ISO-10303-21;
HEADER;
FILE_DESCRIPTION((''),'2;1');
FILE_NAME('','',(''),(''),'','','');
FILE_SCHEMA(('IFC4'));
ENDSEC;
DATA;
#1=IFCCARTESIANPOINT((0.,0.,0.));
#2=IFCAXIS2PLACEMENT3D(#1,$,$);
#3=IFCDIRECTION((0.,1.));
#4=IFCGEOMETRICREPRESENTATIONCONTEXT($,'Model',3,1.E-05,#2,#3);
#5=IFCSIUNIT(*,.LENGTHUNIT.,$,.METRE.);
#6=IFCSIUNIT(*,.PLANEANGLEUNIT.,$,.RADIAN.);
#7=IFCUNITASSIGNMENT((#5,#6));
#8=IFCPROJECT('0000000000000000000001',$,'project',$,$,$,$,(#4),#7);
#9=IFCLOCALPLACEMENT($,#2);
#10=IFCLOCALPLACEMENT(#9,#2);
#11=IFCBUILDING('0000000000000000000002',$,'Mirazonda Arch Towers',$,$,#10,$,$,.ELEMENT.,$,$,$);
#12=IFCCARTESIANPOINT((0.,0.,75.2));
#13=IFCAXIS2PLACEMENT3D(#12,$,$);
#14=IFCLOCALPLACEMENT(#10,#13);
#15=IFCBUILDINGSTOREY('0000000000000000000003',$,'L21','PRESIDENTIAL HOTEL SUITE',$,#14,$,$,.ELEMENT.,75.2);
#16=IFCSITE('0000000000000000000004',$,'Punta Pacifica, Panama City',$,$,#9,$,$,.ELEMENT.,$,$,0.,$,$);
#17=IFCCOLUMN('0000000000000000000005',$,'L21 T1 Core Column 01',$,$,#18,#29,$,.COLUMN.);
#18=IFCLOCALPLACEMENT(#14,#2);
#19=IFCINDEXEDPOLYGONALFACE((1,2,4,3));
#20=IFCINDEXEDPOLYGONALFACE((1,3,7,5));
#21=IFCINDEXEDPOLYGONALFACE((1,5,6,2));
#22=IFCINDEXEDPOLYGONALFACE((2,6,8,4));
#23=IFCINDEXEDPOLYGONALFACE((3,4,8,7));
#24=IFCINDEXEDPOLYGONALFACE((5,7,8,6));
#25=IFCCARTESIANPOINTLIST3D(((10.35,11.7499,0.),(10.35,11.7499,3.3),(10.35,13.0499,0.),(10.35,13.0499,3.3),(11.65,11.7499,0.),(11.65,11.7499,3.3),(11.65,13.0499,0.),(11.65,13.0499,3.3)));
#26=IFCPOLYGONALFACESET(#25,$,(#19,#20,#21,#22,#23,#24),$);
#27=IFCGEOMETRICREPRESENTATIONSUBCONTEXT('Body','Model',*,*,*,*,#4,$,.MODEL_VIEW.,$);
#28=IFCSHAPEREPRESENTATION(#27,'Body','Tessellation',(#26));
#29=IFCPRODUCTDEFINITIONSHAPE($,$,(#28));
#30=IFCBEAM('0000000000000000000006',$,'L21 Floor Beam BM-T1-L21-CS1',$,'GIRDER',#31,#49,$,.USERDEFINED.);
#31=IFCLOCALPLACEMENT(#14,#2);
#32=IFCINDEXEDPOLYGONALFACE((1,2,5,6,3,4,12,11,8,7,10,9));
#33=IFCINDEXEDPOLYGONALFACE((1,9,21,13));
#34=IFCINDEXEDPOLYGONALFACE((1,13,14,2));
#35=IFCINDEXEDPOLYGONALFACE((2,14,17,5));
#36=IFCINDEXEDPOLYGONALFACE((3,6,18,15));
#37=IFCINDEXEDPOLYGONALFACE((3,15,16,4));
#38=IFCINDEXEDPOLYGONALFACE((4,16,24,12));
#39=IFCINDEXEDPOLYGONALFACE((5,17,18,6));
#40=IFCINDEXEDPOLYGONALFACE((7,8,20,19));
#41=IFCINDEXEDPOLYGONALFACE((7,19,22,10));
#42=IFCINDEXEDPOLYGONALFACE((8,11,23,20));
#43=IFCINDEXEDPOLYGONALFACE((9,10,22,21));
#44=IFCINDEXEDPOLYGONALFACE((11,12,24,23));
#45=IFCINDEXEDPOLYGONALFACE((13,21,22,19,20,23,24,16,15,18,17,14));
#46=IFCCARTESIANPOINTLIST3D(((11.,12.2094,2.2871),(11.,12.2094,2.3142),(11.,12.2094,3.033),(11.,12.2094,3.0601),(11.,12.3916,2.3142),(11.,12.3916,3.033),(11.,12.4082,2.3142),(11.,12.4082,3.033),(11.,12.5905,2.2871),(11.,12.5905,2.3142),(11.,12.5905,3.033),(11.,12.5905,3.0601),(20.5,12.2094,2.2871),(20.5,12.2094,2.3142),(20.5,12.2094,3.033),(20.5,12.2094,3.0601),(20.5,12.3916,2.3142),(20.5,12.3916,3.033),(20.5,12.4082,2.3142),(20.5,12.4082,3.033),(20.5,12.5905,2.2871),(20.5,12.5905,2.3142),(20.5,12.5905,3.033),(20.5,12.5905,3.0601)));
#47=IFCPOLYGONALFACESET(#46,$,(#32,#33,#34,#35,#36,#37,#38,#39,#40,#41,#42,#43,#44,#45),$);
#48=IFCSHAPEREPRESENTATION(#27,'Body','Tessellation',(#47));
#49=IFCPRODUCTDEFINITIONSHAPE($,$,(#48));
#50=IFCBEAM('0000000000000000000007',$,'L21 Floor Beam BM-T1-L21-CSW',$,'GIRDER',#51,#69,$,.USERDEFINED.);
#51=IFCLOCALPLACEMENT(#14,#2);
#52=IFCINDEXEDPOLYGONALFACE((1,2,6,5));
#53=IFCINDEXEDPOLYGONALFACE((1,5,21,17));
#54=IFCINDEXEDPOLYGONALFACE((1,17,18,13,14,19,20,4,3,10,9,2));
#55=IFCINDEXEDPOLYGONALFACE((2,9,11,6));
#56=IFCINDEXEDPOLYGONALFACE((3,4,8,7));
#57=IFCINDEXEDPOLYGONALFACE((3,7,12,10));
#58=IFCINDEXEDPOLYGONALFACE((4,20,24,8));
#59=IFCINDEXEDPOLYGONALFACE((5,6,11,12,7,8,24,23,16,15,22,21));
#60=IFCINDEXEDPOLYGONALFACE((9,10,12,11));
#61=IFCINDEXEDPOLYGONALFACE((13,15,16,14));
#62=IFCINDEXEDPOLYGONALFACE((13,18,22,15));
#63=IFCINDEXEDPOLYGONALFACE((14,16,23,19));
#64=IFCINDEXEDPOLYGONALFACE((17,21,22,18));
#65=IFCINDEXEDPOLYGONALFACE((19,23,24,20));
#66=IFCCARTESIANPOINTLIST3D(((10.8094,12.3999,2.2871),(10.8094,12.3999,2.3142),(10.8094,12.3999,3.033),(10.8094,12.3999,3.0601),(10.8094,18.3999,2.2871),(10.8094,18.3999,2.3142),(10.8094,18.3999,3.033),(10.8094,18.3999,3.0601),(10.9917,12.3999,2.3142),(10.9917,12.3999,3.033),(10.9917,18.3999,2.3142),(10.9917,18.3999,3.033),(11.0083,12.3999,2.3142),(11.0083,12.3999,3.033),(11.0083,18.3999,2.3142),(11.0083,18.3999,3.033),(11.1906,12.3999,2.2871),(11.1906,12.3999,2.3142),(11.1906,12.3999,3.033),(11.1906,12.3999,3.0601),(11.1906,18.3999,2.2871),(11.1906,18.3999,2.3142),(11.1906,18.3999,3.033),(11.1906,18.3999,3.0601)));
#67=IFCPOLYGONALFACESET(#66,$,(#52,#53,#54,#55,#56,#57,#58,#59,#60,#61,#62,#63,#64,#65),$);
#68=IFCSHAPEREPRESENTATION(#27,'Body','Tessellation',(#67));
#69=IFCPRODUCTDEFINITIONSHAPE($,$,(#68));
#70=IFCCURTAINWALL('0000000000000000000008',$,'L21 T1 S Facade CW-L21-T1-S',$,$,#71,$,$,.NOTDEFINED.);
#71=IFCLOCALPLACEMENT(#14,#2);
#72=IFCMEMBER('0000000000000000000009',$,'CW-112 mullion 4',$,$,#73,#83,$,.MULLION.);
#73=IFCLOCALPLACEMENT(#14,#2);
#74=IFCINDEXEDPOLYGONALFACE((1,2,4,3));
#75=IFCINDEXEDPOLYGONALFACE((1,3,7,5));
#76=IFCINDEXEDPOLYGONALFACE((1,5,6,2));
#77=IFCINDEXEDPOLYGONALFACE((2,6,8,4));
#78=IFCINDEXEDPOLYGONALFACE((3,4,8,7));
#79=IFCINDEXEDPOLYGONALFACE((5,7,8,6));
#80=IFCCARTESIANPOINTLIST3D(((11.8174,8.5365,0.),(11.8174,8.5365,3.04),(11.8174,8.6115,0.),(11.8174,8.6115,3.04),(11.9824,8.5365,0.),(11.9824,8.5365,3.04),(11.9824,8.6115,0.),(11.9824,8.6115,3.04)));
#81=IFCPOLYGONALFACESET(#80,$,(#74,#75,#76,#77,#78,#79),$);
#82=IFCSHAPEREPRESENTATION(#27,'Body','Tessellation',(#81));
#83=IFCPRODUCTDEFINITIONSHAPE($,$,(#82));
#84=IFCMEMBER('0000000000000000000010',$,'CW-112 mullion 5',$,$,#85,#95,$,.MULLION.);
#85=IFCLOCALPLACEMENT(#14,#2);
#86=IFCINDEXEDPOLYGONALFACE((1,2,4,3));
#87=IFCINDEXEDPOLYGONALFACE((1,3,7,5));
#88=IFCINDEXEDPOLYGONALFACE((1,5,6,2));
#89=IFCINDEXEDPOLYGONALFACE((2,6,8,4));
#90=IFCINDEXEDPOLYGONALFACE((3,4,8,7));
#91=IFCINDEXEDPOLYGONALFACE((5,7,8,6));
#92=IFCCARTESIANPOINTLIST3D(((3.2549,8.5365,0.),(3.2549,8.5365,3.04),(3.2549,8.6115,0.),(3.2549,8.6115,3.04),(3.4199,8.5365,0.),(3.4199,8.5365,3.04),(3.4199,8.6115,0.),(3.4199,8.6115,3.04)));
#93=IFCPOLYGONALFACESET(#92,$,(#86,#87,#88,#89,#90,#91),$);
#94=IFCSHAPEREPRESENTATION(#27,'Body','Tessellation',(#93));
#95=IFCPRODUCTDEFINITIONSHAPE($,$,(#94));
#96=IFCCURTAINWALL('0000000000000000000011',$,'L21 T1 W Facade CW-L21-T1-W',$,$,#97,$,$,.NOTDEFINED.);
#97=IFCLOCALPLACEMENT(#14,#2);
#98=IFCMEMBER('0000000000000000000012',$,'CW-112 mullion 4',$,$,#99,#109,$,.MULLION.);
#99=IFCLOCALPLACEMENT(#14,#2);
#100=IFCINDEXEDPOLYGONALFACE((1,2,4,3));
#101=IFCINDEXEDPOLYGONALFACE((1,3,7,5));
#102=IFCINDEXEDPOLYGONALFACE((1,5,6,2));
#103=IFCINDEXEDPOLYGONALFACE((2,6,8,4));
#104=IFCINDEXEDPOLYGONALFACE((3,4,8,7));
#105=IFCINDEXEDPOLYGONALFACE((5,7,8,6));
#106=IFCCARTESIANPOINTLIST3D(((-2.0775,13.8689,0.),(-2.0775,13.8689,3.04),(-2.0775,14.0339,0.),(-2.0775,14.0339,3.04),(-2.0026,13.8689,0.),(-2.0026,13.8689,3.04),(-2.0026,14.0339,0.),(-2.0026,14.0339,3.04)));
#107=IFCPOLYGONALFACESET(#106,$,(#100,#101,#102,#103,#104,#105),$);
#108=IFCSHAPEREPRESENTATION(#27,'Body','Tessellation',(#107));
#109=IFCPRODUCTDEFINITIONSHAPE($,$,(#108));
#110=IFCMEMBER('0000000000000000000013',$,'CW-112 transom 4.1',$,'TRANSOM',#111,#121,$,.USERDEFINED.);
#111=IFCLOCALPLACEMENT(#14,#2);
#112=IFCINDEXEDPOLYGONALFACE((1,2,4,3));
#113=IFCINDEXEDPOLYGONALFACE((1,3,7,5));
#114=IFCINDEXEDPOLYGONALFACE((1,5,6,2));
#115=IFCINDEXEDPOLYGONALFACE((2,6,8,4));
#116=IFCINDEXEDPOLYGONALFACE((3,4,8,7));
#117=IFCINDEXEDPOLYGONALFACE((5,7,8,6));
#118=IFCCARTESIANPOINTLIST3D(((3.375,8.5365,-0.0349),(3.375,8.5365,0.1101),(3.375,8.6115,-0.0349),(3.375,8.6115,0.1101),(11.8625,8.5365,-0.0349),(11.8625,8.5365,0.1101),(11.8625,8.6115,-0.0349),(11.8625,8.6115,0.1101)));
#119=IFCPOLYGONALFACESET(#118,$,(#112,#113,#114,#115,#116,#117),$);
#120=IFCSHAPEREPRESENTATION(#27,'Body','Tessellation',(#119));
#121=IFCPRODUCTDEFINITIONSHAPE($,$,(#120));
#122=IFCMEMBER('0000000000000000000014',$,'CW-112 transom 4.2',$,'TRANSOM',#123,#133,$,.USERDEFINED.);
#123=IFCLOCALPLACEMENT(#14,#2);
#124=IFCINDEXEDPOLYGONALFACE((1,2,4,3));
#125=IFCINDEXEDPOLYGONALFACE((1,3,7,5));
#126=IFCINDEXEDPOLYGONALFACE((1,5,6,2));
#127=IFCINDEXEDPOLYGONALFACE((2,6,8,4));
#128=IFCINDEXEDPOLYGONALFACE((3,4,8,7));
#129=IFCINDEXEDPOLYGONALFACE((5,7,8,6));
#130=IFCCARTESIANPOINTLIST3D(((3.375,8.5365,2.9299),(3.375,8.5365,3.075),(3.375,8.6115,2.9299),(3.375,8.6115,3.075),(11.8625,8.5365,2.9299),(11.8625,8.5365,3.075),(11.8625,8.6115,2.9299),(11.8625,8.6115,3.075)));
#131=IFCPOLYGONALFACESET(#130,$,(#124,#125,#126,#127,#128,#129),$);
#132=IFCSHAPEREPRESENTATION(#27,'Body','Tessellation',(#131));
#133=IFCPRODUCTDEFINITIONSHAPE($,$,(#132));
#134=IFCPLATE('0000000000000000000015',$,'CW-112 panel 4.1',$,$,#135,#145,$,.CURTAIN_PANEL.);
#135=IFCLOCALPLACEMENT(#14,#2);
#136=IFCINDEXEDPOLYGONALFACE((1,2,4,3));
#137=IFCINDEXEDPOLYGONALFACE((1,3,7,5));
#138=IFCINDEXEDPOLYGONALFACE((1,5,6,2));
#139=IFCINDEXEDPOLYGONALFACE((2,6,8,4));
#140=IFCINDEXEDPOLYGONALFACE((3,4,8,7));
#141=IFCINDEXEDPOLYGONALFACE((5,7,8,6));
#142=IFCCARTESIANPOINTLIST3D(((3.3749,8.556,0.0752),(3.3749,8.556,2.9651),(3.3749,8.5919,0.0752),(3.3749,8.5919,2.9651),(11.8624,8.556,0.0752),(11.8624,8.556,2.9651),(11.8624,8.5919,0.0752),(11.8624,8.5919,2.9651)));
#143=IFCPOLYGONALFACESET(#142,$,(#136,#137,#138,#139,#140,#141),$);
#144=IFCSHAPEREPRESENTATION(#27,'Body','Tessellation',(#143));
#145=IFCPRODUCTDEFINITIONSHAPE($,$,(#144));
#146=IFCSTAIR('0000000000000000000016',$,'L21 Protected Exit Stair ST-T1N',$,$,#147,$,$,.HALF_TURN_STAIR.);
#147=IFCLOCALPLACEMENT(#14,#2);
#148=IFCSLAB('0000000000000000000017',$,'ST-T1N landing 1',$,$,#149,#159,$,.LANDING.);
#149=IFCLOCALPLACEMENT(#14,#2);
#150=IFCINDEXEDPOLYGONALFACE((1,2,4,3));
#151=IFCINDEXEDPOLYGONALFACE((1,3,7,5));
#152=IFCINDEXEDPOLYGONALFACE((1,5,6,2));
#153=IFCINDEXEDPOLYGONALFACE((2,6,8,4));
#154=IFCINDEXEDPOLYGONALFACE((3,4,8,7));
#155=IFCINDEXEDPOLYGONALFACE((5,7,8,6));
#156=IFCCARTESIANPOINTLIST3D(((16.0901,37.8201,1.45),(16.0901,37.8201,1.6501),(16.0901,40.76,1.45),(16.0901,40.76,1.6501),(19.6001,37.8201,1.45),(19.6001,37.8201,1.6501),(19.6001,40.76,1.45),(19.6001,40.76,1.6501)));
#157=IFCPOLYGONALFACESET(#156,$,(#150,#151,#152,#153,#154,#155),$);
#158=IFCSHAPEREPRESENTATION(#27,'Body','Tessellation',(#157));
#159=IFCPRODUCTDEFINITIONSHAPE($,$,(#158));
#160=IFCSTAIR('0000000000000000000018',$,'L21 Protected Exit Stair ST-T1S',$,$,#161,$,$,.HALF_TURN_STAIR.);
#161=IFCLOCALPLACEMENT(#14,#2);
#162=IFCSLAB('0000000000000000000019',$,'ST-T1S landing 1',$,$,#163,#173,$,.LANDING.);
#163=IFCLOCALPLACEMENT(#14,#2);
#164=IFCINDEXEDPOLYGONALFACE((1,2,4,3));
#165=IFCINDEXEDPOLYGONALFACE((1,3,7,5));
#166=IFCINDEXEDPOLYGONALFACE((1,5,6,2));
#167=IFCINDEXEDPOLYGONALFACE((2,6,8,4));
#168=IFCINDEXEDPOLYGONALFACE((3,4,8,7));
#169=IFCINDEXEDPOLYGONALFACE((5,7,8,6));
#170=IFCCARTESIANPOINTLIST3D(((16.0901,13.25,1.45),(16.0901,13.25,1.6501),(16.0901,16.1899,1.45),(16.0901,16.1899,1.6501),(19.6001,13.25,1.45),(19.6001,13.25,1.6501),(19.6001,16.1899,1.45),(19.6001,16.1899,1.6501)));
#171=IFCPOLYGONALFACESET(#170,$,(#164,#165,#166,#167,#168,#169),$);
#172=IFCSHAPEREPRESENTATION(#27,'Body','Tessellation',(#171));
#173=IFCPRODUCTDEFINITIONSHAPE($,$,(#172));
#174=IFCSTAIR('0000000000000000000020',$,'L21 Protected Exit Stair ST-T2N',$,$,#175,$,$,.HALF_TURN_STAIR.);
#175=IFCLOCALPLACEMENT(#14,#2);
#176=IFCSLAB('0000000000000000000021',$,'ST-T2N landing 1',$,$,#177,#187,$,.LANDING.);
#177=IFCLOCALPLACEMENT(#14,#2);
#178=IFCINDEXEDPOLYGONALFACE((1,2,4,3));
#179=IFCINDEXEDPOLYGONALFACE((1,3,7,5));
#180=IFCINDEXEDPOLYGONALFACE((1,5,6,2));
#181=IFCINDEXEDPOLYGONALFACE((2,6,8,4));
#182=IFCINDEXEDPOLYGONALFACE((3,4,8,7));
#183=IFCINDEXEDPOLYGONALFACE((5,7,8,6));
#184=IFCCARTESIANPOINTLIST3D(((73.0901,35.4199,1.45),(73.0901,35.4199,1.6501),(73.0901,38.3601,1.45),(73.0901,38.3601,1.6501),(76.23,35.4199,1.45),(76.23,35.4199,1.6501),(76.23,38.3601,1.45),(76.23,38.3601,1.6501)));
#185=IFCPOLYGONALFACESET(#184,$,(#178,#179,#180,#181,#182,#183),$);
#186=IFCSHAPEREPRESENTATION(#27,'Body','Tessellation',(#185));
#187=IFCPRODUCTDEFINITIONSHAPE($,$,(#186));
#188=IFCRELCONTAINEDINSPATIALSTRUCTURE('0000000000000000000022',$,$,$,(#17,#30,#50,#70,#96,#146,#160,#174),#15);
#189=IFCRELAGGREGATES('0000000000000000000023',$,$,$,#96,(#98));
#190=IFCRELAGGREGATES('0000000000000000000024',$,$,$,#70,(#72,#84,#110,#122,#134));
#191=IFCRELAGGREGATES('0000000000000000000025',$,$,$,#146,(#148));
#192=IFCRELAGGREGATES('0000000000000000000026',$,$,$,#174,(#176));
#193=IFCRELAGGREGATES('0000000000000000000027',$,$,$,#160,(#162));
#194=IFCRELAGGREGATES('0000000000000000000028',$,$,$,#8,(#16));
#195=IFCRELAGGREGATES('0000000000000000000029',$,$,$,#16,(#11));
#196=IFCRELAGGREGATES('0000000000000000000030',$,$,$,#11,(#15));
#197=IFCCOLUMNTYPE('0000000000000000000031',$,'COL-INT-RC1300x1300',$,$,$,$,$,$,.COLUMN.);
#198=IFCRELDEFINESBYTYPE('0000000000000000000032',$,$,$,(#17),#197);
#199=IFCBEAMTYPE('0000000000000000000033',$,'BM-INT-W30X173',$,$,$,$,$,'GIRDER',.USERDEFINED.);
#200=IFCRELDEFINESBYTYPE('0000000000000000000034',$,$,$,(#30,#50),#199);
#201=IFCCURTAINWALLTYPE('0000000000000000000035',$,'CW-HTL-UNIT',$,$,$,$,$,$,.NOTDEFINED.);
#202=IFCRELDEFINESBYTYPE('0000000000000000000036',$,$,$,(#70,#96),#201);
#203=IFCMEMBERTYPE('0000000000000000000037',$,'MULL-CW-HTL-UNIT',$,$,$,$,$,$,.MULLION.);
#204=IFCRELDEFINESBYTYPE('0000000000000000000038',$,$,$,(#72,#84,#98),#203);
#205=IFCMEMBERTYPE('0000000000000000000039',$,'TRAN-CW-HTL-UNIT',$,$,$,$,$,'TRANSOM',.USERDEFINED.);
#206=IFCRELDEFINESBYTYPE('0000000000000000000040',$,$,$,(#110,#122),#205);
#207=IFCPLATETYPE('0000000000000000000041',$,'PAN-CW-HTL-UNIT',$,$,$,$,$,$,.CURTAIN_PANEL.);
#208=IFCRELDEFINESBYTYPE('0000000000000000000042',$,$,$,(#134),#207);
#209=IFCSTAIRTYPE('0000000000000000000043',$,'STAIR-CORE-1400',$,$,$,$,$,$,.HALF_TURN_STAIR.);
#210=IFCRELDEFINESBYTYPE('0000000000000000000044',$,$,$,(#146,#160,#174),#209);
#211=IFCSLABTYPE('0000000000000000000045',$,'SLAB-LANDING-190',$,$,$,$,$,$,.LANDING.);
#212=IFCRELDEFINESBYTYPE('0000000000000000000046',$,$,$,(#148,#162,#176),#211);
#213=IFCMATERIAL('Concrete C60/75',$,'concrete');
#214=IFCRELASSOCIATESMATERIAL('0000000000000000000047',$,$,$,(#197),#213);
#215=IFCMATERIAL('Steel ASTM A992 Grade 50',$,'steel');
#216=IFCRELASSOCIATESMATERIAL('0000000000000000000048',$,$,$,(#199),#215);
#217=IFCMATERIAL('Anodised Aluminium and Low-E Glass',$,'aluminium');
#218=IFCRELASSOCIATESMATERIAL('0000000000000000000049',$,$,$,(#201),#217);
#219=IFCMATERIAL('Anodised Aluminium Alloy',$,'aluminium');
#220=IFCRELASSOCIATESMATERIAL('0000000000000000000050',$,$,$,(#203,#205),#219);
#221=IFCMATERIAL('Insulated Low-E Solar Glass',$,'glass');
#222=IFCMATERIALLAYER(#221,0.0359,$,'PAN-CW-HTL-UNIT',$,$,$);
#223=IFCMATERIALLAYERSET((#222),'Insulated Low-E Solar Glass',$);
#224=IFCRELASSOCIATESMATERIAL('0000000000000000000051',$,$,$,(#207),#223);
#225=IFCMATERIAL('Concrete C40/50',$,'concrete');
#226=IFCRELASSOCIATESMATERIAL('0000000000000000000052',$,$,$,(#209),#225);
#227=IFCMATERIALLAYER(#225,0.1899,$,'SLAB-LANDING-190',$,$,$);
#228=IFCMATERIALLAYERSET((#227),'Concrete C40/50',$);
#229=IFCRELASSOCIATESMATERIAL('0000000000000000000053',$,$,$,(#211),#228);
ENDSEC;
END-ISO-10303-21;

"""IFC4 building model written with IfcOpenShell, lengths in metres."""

from ifc_helpers import new_model, si_unit, direction, frame, origin, origin_2d, place, context, subcontext, project, spatial, polyline, rectangle, i_section, outline, extrude, material, layer, layer_set, material_profile, profile_set, type_object, element, aggregate, save


model = new_model("IFC4")

# Units and contexts
model_context = context("Model", 3, precision=1e-05, world=origin(), true_north=direction((0.0, 1.0)))
body_context = subcontext(model_context, "Body", "Model", "MODEL_VIEW")
ifc_project = project(units=[si_unit("LENGTHUNIT", "METRE"), si_unit("PLANEANGLEUNIT", "RADIAN")], contexts=[model_context])

# Site, building, storey
site_placement = place(None, origin())
site = spatial("IfcSite", under=ifc_project, at=site_placement, Name="Punta Pacifica, Panama City", CompositionType="ELEMENT", RefElevation=0.0)
building_placement = place(site_placement, origin())
building = spatial("IfcBuilding", under=site, at=building_placement, Name="Mirazonda Arch Towers", CompositionType="ELEMENT")
storey_placement = place(building_placement, frame((0.0, 0.0, 75.2)))
storey = spatial("IfcBuildingStorey", under=building, at=storey_placement, Name="L21", Description="PRESIDENTIAL HOTEL SUITE", CompositionType="ELEMENT", Elevation=75.2)

# Column
ifc_material_1 = material(Name="Concrete C60/75", Category="concrete")
ifc_material_profile_1 = material_profile(ifc_material_1, rectangle(XDim=1.3, YDim=1.3, at=origin_2d()), Name="RC1300x1300")
ifc_profile_set_1 = profile_set([ifc_material_profile_1], Name="Concrete C60/75")
column_type = type_object("IfcColumnType", Name="COL-INT-RC1300x1300", PredefinedType="COLUMN", material=ifc_profile_set_1)
column_placement = place(storey_placement, frame((11.0, 12.3999, 0.0), z_axis=(0.0, 0.0, 1.0), x_axis=(1.0, 0.0, 0.0)))
element("IfcColumn", 1, at=column_placement, inside=storey, type_object=column_type, Name="L21 T1 Core Column 01", PredefinedType="COLUMN", context=body_context, shape_type="SweptSolid", body=[
    extrude(rectangle(XDim=1.3, YDim=1.3, at=origin_2d()), origin(), (0.0, 0.0, 1.0), 3.3),
])

# Beams
ifc_material_2 = material(Name="Steel ASTM A992 Grade 50", Category="steel")
ifc_material_profile_2 = material_profile(ifc_material_2, i_section(OverallWidth=0.3811, OverallDepth=0.7729, WebThickness=0.0166, FlangeThickness=0.0271, at=origin_2d()), Name="W30X173")
ifc_profile_set_2 = profile_set([ifc_material_profile_2], Name="Steel ASTM A992 Grade 50")
beam_type = type_object("IfcBeamType", Name="BM-INT-W30X173", ElementType="GIRDER", PredefinedType="USERDEFINED", material=ifc_profile_set_2)
beam_1_placement = place(storey_placement, frame((11.0, 12.3999, 2.6736), z_axis=(1.0, 0.0, 0.0), x_axis=(0.0, 1.0, 0.0)))
element("IfcBeam", 2, at=beam_1_placement, inside=storey, type_object=beam_type, Name="L21 Floor Beam BM-T1-L21-CS1", ObjectType="GIRDER", PredefinedType="USERDEFINED", context=body_context, shape_type="SweptSolid", body=[
    extrude(i_section(OverallWidth=0.3811, OverallDepth=0.7729, WebThickness=0.0166, FlangeThickness=0.0271, at=origin_2d()), origin(), (0.0, 0.0, 1.0), 9.5),
])
beam_2_placement = place(storey_placement, frame((11.0, 12.3999, 2.6736), z_axis=(0.0, 1.0, 0.0), x_axis=(-1.0, 0.0, 0.0)))
element("IfcBeam", 3, at=beam_2_placement, inside=storey, type_object=beam_type, Name="L21 Floor Beam BM-T1-L21-CSW", ObjectType="GIRDER", PredefinedType="USERDEFINED", context=body_context, shape_type="SweptSolid", body=[
    extrude(i_section(OverallWidth=0.3811, OverallDepth=0.7729, WebThickness=0.0166, FlangeThickness=0.0271, at=origin_2d()), origin(), (0.0, 0.0, 1.0), 6.0),
])

# Curtain wall, members
ifc_material_3 = material(Name="Anodised Aluminium and Low-E Glass", Category="aluminium")
curtain_wall_type = type_object("IfcCurtainWallType", Name="CW-HTL-UNIT", PredefinedType="NOTDEFINED", material=ifc_material_3)
curtain_wall_1_placement = place(storey_placement, origin())
curtain_wall_1 = element("IfcCurtainWall", 4, at=curtain_wall_1_placement, inside=storey, type_object=curtain_wall_type, Name="L21 T1 S Facade CW-L21-T1-S", PredefinedType="NOTDEFINED")
ifc_material_4 = material(Name="Anodised Aluminium Alloy", Category="aluminium")
ifc_material_profile_3 = material_profile(ifc_material_4, rectangle(XDim=0.075, YDim=0.165, at=origin_2d()), Name="ALU-MULL-75x165")
ifc_profile_set_3 = profile_set([ifc_material_profile_3], Name="Anodised Aluminium Alloy")
member_type_1 = type_object("IfcMemberType", Name="MULL-CW-HTL-UNIT", PredefinedType="MULLION", material=ifc_profile_set_3)
member_1_placement = place(storey_placement, frame((11.8999, 8.574, 0.0), z_axis=(0.0, 0.0, 1.0), x_axis=(0.0, -1.0, 0.0)))
member_1 = element("IfcMember", 5, at=member_1_placement, type_object=member_type_1, Name="CW-112 mullion 4", PredefinedType="MULLION", context=body_context, shape_type="SweptSolid", body=[
    extrude(rectangle(XDim=0.075, YDim=0.165, at=origin_2d()), origin(), (0.0, 0.0, 1.0), 3.04),
])
member_2_placement = place(storey_placement, frame((3.3374, 8.574, 0.0), z_axis=(0.0, 0.0, 1.0), x_axis=(0.0, -1.0, 0.0)))
member_2 = element("IfcMember", 6, at=member_2_placement, type_object=member_type_1, Name="CW-112 mullion 5", PredefinedType="MULLION", context=body_context, shape_type="SweptSolid", body=[
    extrude(rectangle(XDim=0.075, YDim=0.165, at=origin_2d()), origin(), (0.0, 0.0, 1.0), 3.04),
])

# Curtain wall, member
curtain_wall_2_placement = place(storey_placement, origin())
curtain_wall_2 = element("IfcCurtainWall", 7, at=curtain_wall_2_placement, inside=storey, type_object=curtain_wall_type, Name="L21 T1 W Facade CW-L21-T1-W", PredefinedType="NOTDEFINED")
member_3_placement = place(storey_placement, frame((-2.04, 13.9514, 0.0), z_axis=(0.0, 0.0, 1.0), x_axis=(1.0, 0.0, 0.0)))
member_3 = element("IfcMember", 8, at=member_3_placement, type_object=member_type_1, Name="CW-112 mullion 4", PredefinedType="MULLION", context=body_context, shape_type="SweptSolid", body=[
    extrude(rectangle(XDim=0.075, YDim=0.165, at=origin_2d()), origin(), (0.0, 0.0, 1.0), 3.04),
])
aggregate(curtain_wall_2, [member_3])

# Members
ifc_material_profile_4 = material_profile(ifc_material_4, rectangle(XDim=0.075, YDim=0.145, at=origin_2d()), Name="ALU-TRAN-75x145")
ifc_profile_set_4 = profile_set([ifc_material_profile_4], Name="Anodised Aluminium Alloy")
member_type_2 = type_object("IfcMemberType", Name="TRAN-CW-HTL-UNIT", ElementType="TRANSOM", PredefinedType="USERDEFINED", material=ifc_profile_set_4)
member_4_placement = place(storey_placement, frame((11.8625, 8.574, 0.0376), z_axis=(-1.0, 0.0, 0.0), x_axis=(0.0, -1.0, 0.0)))
member_4 = element("IfcMember", 9, at=member_4_placement, type_object=member_type_2, Name="CW-112 transom 4.1", ObjectType="TRANSOM", PredefinedType="USERDEFINED", context=body_context, shape_type="SweptSolid", body=[
    extrude(rectangle(XDim=0.075, YDim=0.145, at=origin_2d()), origin(), (0.0, 0.0, 1.0), 8.4875),
])
member_5_placement = place(storey_placement, frame((11.8625, 8.574, 3.0024), z_axis=(-1.0, 0.0, 0.0), x_axis=(0.0, -1.0, 0.0)))
member_5 = element("IfcMember", 10, at=member_5_placement, type_object=member_type_2, Name="CW-112 transom 4.2", ObjectType="TRANSOM", PredefinedType="USERDEFINED", context=body_context, shape_type="SweptSolid", body=[
    extrude(rectangle(XDim=0.075, YDim=0.145, at=origin_2d()), origin(), (0.0, 0.0, 1.0), 8.4875),
])

# Plate
ifc_material_5 = material(Name="Insulated Low-E Solar Glass", Category="glass")
ifc_layer_1 = layer(ifc_material_5, 0.0359, Name="PAN-CW-HTL-UNIT")
ifc_layer_set_1 = layer_set([ifc_layer_1], Name="Insulated Low-E Solar Glass")
plate_type = type_object("IfcPlateType", Name="PAN-CW-HTL-UNIT", PredefinedType="CURTAIN_PANEL", material=ifc_layer_set_1)
plate_placement = place(storey_placement, frame((7.6187, 8.574, 0.0752), z_axis=(0.0, 0.0, 1.0), x_axis=(-1.0, 0.0, 0.0)))
plate = element("IfcPlate", 11, at=plate_placement, type_object=plate_type, Name="CW-112 panel 4.1", PredefinedType="CURTAIN_PANEL", context=body_context, shape_type="SweptSolid", body=[
    extrude(rectangle(XDim=8.4875, YDim=0.0359, at=origin_2d()), origin(), (0.0, 0.0, 1.0), 2.8899),
])
aggregate(curtain_wall_1, [member_1, member_2, member_4, member_5, plate])

# Stairs, slabs
ifc_material_6 = material(Name="Concrete C40/50", Category="concrete")
stair_type = type_object("IfcStairType", Name="STAIR-CORE-1400", PredefinedType="HALF_TURN_STAIR", material=ifc_material_6)
stair_1_placement = place(storey_placement, origin())
stair_1 = element("IfcStair", 12, at=stair_1_placement, inside=storey, type_object=stair_type, Name="L21 Protected Exit Stair ST-T1N", PredefinedType="HALF_TURN_STAIR")
ifc_layer_2 = layer(ifc_material_6, 0.1899, Name="SLAB-LANDING-190")
ifc_layer_set_2 = layer_set([ifc_layer_2], Name="Concrete C40/50")
slab_type_1 = type_object("IfcSlabType", Name="SLAB-LANDING-190", PredefinedType="LANDING", material=ifc_layer_set_2)
slab_1_placement = place(storey_placement, frame((0.0, 0.0, 1.45)))
slab_1 = element("IfcSlab", 13, at=slab_1_placement, type_object=slab_type_1, Name="ST-T1N landing 1", PredefinedType="LANDING", context=body_context, shape_type="SweptSolid", body=[
    extrude(outline(polyline([(16.0901, 37.8201), (19.6001, 37.8201), (19.6001, 40.76), (16.0901, 40.76), (16.0901, 37.8201)])), origin(), (0.0, 0.0, 1.0), 0.2002),
])
aggregate(stair_1, [slab_1])
stair_2_placement = place(storey_placement, origin())
stair_2 = element("IfcStair", 14, at=stair_2_placement, inside=storey, type_object=stair_type, Name="L21 Protected Exit Stair ST-T1S", PredefinedType="HALF_TURN_STAIR")
slab_2_placement = place(storey_placement, frame((0.0, 0.0, 1.45)))
slab_2 = element("IfcSlab", 15, at=slab_2_placement, type_object=slab_type_1, Name="ST-T1S landing 1", PredefinedType="LANDING", context=body_context, shape_type="SweptSolid", body=[
    extrude(outline(polyline([(16.0901, 13.25), (19.6001, 13.25), (19.6001, 16.1899), (16.0901, 16.1899), (16.0901, 13.25)])), origin(), (0.0, 0.0, 1.0), 0.2002),
])
stair_3_placement = place(storey_placement, origin())
stair_3 = element("IfcStair", 16, at=stair_3_placement, inside=storey, type_object=stair_type, Name="L21 Protected Exit Stair ST-T2N", PredefinedType="HALF_TURN_STAIR")
slab_3_placement = place(storey_placement, frame((0.0, 0.0, 1.45)))
slab_3 = element("IfcSlab", 17, at=slab_3_placement, type_object=slab_type_1, Name="ST-T2N landing 1", PredefinedType="LANDING", context=body_context, shape_type="SweptSolid", body=[
    extrude(outline(polyline([(73.0901, 35.4199), (76.23, 35.4199), (76.23, 38.3601), (73.0901, 38.3601), (73.0901, 35.4199)])), origin(), (0.0, 0.0, 1.0), 0.2002),
])
aggregate(stair_3, [slab_3])

aggregate(stair_2, [slab_2])

save(model, "model.ifc")
